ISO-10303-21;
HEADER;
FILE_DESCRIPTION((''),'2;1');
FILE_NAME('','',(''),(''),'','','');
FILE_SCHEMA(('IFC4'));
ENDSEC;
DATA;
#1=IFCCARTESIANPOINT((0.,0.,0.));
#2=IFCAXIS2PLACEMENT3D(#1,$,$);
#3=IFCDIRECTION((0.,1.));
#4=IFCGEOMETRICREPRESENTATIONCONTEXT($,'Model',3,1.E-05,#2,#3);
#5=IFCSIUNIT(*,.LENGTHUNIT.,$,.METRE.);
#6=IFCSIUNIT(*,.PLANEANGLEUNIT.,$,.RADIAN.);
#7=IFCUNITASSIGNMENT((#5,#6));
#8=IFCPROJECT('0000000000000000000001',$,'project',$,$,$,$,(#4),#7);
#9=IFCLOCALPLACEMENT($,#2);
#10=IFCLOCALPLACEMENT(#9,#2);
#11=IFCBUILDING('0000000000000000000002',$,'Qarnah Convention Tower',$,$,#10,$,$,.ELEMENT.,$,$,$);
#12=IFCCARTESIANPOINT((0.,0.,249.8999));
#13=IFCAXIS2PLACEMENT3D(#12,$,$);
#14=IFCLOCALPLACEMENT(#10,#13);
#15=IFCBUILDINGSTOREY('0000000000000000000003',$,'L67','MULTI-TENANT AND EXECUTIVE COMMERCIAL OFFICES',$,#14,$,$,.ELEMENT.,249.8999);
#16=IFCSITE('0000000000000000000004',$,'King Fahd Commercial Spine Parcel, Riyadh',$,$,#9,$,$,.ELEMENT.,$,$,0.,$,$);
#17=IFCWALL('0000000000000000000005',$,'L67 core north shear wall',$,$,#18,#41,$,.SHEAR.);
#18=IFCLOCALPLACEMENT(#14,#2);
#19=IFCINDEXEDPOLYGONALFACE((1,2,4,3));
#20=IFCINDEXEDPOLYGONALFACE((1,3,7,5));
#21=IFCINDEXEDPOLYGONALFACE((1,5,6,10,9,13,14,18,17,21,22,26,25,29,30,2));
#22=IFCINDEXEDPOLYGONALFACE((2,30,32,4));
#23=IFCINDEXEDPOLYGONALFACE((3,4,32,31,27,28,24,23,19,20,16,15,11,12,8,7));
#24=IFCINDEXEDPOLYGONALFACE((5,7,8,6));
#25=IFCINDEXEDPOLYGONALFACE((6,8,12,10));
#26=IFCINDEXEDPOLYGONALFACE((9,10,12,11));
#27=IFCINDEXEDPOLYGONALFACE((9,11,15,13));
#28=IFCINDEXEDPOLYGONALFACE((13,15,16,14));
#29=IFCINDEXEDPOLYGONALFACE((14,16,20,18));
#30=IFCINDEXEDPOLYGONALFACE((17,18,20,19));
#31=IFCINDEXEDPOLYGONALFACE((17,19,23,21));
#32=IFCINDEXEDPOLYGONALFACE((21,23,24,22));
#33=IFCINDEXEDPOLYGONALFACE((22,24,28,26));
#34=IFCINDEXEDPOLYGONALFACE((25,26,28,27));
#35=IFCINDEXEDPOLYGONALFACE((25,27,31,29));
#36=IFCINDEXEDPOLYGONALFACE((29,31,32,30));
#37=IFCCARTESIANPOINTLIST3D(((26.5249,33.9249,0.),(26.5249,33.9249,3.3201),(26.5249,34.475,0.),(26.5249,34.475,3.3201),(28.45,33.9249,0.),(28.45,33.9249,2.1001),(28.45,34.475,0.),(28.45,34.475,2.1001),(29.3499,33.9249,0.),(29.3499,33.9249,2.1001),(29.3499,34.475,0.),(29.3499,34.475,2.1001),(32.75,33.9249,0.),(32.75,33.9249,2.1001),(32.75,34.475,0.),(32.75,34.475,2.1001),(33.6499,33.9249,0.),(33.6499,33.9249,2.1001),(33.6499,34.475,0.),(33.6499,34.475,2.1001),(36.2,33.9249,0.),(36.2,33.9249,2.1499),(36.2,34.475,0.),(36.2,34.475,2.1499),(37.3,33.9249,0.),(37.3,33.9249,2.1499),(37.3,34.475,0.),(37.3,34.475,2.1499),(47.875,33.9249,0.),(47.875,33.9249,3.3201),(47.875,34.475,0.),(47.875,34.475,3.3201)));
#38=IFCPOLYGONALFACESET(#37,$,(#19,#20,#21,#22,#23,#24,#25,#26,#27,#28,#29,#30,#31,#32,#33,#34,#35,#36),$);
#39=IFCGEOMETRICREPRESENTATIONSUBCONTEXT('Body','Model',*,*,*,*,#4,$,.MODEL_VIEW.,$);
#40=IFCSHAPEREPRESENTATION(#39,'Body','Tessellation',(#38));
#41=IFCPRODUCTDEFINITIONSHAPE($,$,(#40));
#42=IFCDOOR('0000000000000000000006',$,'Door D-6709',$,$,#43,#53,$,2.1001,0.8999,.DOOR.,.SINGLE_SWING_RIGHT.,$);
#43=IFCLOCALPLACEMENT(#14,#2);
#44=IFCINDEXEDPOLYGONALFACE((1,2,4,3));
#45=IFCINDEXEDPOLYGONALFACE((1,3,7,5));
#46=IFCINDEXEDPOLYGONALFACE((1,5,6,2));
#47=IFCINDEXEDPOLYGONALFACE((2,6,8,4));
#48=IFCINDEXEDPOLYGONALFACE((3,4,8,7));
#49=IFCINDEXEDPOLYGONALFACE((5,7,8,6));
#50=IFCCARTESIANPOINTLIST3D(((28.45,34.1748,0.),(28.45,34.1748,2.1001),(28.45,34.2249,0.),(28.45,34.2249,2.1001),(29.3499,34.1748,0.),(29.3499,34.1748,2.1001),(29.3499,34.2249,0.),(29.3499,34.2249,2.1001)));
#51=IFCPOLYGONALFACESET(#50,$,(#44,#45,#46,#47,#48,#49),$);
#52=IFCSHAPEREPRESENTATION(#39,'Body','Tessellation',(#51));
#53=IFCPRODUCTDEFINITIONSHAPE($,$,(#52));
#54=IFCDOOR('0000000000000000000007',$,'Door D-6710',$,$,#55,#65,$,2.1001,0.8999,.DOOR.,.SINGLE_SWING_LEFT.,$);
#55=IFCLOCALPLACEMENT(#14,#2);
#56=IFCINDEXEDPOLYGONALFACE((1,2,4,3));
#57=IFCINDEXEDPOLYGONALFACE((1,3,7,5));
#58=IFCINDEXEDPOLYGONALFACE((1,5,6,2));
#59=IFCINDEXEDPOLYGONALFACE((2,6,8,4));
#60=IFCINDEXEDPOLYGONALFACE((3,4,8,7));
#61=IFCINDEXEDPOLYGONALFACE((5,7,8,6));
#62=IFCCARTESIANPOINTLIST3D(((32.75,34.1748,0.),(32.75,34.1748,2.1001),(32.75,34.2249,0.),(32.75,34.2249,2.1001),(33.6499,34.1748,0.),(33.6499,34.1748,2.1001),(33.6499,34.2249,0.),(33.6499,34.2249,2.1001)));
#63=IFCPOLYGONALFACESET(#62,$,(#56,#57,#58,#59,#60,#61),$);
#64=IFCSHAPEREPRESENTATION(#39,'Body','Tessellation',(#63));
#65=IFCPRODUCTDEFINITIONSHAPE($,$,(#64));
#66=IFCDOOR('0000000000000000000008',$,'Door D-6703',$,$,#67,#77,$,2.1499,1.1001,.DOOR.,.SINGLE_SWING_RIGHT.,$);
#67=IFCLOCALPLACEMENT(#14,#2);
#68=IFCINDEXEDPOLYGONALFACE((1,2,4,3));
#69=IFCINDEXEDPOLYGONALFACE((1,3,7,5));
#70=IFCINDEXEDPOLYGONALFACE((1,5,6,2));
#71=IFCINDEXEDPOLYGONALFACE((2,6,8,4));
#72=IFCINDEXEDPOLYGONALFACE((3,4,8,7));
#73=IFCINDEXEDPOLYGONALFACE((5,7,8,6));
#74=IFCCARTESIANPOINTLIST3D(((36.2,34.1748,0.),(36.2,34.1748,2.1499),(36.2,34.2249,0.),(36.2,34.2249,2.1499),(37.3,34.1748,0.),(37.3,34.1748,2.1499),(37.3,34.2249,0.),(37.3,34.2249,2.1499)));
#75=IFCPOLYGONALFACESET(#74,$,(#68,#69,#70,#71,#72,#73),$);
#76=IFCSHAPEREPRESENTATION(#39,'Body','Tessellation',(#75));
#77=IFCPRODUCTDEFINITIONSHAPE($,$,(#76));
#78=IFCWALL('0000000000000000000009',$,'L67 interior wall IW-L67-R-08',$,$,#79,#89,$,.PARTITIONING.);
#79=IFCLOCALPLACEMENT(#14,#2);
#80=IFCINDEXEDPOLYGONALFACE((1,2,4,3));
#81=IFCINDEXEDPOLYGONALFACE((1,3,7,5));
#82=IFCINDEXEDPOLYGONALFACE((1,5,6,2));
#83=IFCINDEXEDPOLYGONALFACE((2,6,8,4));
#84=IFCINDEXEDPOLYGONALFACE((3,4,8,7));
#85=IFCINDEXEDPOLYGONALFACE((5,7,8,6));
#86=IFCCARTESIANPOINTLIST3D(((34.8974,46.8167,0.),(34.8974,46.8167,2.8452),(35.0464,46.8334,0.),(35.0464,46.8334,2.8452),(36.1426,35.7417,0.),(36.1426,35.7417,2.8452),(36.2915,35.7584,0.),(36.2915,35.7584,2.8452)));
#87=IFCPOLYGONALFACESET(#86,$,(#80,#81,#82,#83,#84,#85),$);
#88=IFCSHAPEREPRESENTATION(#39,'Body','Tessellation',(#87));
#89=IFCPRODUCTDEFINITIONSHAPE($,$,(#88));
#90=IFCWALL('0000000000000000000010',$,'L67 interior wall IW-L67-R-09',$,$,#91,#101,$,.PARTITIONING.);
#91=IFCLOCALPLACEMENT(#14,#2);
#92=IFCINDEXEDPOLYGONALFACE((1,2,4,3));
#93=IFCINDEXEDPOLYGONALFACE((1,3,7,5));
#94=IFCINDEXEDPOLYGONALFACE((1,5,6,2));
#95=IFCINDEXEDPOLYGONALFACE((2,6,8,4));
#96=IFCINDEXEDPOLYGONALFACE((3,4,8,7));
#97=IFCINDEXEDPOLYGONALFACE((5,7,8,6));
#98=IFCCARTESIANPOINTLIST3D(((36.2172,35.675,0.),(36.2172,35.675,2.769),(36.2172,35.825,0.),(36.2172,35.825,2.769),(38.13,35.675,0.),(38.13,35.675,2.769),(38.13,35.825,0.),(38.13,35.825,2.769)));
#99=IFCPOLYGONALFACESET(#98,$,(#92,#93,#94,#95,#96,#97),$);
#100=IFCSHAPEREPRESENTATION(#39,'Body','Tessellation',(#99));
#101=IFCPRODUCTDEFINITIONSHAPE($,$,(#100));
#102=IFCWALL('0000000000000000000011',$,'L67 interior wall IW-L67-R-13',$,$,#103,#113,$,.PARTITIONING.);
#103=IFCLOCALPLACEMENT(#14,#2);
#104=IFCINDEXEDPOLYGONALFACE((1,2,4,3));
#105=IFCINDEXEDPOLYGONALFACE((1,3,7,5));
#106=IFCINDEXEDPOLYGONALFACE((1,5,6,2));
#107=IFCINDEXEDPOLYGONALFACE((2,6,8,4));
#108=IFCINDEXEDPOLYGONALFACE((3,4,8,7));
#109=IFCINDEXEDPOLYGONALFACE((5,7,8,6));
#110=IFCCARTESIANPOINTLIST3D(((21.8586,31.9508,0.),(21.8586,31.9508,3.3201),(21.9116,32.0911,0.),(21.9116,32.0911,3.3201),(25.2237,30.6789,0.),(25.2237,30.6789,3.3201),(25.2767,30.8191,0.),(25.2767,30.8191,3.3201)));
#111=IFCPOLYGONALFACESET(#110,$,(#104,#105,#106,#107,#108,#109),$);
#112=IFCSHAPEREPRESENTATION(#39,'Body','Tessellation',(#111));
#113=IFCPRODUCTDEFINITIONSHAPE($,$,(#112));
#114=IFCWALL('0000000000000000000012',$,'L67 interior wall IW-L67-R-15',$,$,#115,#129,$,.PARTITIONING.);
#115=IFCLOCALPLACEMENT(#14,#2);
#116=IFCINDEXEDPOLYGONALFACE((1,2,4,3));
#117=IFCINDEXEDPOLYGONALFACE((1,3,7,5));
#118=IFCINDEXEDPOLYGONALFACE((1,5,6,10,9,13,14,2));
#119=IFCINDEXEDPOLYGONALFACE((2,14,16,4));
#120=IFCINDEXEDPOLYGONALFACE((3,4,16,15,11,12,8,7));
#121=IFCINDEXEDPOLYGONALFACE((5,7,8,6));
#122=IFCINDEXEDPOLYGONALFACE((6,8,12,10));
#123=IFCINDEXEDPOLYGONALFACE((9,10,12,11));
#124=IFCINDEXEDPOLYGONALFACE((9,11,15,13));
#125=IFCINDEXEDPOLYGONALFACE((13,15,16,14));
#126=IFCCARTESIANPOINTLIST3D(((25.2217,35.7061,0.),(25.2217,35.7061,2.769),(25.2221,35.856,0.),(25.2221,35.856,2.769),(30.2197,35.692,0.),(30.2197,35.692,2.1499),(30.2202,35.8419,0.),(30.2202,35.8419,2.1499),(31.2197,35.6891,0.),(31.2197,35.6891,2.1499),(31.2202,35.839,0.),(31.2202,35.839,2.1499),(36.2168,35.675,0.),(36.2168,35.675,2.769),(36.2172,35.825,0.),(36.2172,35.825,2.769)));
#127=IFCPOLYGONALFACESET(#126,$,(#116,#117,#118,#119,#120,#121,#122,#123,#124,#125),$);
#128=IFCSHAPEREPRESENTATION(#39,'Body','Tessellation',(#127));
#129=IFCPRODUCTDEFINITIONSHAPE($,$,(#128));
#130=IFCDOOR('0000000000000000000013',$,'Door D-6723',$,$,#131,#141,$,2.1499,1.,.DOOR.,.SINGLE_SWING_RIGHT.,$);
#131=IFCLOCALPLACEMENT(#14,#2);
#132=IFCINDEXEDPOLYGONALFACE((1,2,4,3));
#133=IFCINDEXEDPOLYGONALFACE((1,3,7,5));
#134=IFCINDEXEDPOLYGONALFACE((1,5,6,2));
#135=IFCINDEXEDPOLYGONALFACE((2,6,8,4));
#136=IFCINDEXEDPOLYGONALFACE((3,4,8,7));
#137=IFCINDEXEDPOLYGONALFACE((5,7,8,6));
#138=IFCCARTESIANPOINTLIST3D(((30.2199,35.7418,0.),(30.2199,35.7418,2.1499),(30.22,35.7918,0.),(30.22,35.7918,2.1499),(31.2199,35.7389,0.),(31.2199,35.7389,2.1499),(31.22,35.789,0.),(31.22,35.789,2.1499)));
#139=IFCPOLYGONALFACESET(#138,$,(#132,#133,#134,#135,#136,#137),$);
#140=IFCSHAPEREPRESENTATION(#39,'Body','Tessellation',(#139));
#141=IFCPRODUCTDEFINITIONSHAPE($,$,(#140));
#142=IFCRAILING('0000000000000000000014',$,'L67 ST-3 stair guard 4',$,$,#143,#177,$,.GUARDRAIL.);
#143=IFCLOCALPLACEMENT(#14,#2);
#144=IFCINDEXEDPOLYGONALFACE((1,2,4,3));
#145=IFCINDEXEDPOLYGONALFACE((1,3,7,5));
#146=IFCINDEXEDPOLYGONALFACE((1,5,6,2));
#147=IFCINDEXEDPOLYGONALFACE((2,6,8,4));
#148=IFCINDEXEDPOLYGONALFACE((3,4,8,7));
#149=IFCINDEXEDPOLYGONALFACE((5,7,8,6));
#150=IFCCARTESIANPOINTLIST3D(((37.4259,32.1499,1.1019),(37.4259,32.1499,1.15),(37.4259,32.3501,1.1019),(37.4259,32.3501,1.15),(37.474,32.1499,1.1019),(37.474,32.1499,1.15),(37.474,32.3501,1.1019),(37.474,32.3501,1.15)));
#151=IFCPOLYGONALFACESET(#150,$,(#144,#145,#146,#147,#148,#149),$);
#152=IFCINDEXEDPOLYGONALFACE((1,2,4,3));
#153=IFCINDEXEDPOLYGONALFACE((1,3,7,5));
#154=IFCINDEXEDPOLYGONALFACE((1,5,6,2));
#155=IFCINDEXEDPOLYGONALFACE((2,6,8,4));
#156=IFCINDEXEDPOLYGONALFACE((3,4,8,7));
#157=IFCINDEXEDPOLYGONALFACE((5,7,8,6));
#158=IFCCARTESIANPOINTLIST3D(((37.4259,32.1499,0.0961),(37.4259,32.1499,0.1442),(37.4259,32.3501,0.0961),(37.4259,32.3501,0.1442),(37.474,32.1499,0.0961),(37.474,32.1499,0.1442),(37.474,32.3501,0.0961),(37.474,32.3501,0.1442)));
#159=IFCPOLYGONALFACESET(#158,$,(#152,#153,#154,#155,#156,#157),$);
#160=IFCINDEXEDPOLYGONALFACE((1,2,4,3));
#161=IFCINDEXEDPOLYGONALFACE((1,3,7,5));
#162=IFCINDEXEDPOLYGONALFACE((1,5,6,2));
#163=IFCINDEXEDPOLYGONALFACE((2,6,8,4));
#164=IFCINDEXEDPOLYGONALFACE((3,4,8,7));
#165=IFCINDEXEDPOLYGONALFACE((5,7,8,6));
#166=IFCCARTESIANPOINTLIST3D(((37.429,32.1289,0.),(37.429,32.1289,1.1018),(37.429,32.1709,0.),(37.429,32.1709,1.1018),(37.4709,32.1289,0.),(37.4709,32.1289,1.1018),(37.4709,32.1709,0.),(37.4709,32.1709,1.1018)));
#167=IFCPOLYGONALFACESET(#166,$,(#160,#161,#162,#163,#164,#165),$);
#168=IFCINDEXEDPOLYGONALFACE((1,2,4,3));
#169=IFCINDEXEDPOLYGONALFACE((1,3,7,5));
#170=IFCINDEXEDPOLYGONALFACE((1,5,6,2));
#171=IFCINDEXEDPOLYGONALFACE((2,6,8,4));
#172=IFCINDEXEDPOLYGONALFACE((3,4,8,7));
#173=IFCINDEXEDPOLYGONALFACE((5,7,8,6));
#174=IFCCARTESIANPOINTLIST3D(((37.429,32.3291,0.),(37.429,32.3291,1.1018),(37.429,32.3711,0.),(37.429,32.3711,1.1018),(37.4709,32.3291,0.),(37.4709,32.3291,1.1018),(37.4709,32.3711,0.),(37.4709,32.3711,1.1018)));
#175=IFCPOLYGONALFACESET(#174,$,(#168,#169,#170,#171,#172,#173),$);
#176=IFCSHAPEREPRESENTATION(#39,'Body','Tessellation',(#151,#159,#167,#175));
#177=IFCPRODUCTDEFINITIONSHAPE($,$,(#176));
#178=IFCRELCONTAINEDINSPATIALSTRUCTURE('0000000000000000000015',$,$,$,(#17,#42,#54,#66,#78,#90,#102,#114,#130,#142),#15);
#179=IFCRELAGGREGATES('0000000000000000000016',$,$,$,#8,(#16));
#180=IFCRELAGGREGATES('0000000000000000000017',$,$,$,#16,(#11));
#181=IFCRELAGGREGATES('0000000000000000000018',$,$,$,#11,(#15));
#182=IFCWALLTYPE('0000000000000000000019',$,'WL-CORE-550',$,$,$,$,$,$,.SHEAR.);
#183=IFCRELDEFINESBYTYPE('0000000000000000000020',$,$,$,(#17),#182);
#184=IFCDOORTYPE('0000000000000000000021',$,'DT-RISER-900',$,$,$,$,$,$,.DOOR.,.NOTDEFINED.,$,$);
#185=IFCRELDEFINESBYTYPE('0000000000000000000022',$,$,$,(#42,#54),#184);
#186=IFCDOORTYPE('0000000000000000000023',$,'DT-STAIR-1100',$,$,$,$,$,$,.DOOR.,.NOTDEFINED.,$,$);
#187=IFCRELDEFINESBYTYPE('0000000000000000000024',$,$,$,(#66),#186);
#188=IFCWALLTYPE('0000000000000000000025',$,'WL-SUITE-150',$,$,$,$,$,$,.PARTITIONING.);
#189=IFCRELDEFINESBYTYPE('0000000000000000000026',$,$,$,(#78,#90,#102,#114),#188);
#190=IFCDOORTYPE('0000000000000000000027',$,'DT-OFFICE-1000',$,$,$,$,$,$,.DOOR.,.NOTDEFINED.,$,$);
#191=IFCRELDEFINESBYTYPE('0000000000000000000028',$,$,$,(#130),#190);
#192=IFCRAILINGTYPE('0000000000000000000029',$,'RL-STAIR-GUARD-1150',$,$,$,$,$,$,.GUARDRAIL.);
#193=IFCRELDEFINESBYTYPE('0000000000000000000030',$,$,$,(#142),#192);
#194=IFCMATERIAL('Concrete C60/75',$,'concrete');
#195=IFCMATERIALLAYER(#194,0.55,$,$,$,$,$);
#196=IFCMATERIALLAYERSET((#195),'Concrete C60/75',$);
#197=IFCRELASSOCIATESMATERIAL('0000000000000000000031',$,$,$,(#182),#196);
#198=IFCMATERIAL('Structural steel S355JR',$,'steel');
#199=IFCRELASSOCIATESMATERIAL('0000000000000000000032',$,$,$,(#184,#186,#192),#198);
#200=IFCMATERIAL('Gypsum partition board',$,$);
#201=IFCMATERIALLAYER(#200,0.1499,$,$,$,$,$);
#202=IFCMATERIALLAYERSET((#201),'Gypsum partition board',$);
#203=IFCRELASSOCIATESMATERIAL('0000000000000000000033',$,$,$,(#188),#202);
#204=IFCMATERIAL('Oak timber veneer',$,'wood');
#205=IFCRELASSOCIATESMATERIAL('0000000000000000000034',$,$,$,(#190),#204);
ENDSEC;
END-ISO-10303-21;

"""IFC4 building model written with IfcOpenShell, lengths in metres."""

from ifc_helpers import new_model, si_unit, direction, frame, frame_2d, origin, origin_2d, place, context, subcontext, project, spatial, rectangle, extrude, material, layer, layer_set, type_object, element, fill, save


model = new_model("IFC4")

# Units and contexts
model_context = context("Model", 3, precision=1e-05, world=origin(), true_north=direction((0.0, 1.0)))
body_context = subcontext(model_context, "Body", "Model", "MODEL_VIEW")
ifc_project = project(units=[si_unit("LENGTHUNIT", "METRE"), si_unit("PLANEANGLEUNIT", "RADIAN")], contexts=[model_context])

# Site, building, storey
site_placement = place(None, origin())
site = spatial("IfcSite", under=ifc_project, at=site_placement, Name="King Fahd Commercial Spine Parcel, Riyadh", CompositionType="ELEMENT", RefElevation=0.0)
building_placement = place(site_placement, origin())
building = spatial("IfcBuilding", under=site, at=building_placement, Name="Qarnah Convention Tower", CompositionType="ELEMENT")
storey_placement = place(building_placement, frame((0.0, 0.0, 249.8999)))
storey = spatial("IfcBuildingStorey", under=building, at=storey_placement, Name="L67", Description="MULTI-TENANT AND EXECUTIVE COMMERCIAL OFFICES", CompositionType="ELEMENT", Elevation=249.8999)

# Shared definitions
ifc_material_1 = material(Name="Structural steel S355JR", Category="steel")

# Wall, openings, doors
ifc_material_2 = material(Name="Concrete C60/75", Category="concrete")
ifc_layer_1 = layer(ifc_material_2, 0.55)
ifc_layer_set_1 = layer_set([ifc_layer_1], Name="Concrete C60/75")
wall_type_1 = type_object("IfcWallType", Name="WL-CORE-550", PredefinedType="SHEAR", material=ifc_layer_set_1)
wall_1_placement = place(storey_placement, frame((26.5249, 34.2, 0.0), z_axis=(0.0, 0.0, 1.0), x_axis=(1.0, 0.0, 0.0)))
wall_1 = element("IfcWall", 1, at=wall_1_placement, inside=storey, type_object=wall_type_1, Name="L67 core north shear wall", PredefinedType="SHEAR", context=body_context, shape_type="SweptSolid", body=[
    extrude(rectangle(XDim=21.3501, YDim=0.55, at=frame_2d((10.675, 0.0))), origin(), (0.0, 0.0, 1.0), 3.3201),
])
opening_1_placement = place(wall_1_placement, frame((9.675, 0.0, 0.0)))
opening_1 = element("IfcOpeningElement", 2, at=opening_1_placement, cuts=wall_1, PredefinedType="OPENING", context=body_context, shape_type="SweptSolid", body=[
    extrude(rectangle(XDim=1.1001, YDim=2.1499, at=frame_2d((0.55, 1.075))), frame((0.0, 0.2849, 0.0), z_axis=(0.0, -1.0, 0.0), x_axis=(1.0, 0.0, 0.0)), (0.0, 0.0, 1.0), 0.5701),
])
opening_2_placement = place(wall_1_placement, frame((1.925, 0.0, 0.0)))
opening_2 = element("IfcOpeningElement", 3, at=opening_2_placement, cuts=wall_1, PredefinedType="OPENING", context=body_context, shape_type="SweptSolid", body=[
    extrude(rectangle(XDim=0.8999, YDim=2.1001, at=frame_2d((0.45, 1.05))), frame((0.0, 0.2849, 0.0), z_axis=(0.0, -1.0, 0.0), x_axis=(1.0, 0.0, 0.0)), (0.0, 0.0, 1.0), 0.5701),
])
opening_3_placement = place(wall_1_placement, frame((6.2251, 0.0, 0.0)))
opening_3 = element("IfcOpeningElement", 4, at=opening_3_placement, cuts=wall_1, PredefinedType="OPENING", context=body_context, shape_type="SweptSolid", body=[
    extrude(rectangle(XDim=0.8999, YDim=2.1001, at=frame_2d((0.45, 1.05))), frame((0.0, 0.2849, 0.0), z_axis=(0.0, -1.0, 0.0), x_axis=(1.0, 0.0, 0.0)), (0.0, 0.0, 1.0), 0.5701),
])
door_type_1 = type_object("IfcDoorType", Name="DT-RISER-900", OperationType="NOTDEFINED", PredefinedType="DOOR", material=ifc_material_1)
door_1_placement = place(opening_2_placement, origin())
door_1 = element("IfcDoor", 5, at=door_1_placement, inside=storey, type_object=door_type_1, Name="Door D-6709", OperationType="SINGLE_SWING_RIGHT", OverallHeight=2.1001, OverallWidth=0.8999, PredefinedType="DOOR", context=body_context, shape_type="SweptSolid", body=[
    extrude(rectangle(XDim=0.8999, YDim=2.1001, at=frame_2d((0.45, 1.05))), frame((0.0, 0.0249, 0.0), z_axis=(0.0, -1.0, 0.0), x_axis=(1.0, 0.0, 0.0)), (0.0, 0.0, 1.0), 0.05),
])
fill(opening_2, door_1)
door_2_placement = place(opening_3_placement, origin())
door_2 = element("IfcDoor", 6, at=door_2_placement, inside=storey, type_object=door_type_1, Name="Door D-6710", OperationType="SINGLE_SWING_LEFT", OverallHeight=2.1001, OverallWidth=0.8999, PredefinedType="DOOR", context=body_context, shape_type="SweptSolid", body=[
    extrude(rectangle(XDim=0.8999, YDim=2.1001, at=frame_2d((0.45, 1.05))), frame((0.0, 0.0249, 0.0), z_axis=(0.0, -1.0, 0.0), x_axis=(1.0, 0.0, 0.0)), (0.0, 0.0, 1.0), 0.05),
])
fill(opening_3, door_2)
door_type_2 = type_object("IfcDoorType", Name="DT-STAIR-1100", OperationType="NOTDEFINED", PredefinedType="DOOR", material=ifc_material_1)
door_3_placement = place(opening_1_placement, origin())
door_3 = element("IfcDoor", 7, at=door_3_placement, inside=storey, type_object=door_type_2, Name="Door D-6703", OperationType="SINGLE_SWING_RIGHT", OverallHeight=2.1499, OverallWidth=1.1001, PredefinedType="DOOR", context=body_context, shape_type="SweptSolid", body=[
    extrude(rectangle(XDim=1.1001, YDim=2.1499, at=frame_2d((0.55, 1.075))), frame((0.0, 0.0249, 0.0), z_axis=(0.0, -1.0, 0.0), x_axis=(1.0, 0.0, 0.0)), (0.0, 0.0, 1.0), 0.05),
])
fill(opening_1, door_3)

# Walls
ifc_material_3 = material(Name="Gypsum partition board")
ifc_layer_2 = layer(ifc_material_3, 0.1499)
ifc_layer_set_2 = layer_set([ifc_layer_2], Name="Gypsum partition board")
wall_type_2 = type_object("IfcWallType", Name="WL-SUITE-150", PredefinedType="PARTITIONING", material=ifc_layer_set_2)
wall_2_placement = place(storey_placement, frame((34.9719, 46.825, 0.0), z_axis=(0.0, 0.0, 1.0), x_axis=(0.111723, -0.993739, 0.0)))
element("IfcWall", 8, at=wall_2_placement, inside=storey, type_object=wall_type_2, Name="L67 interior wall IW-L67-R-08", PredefinedType="PARTITIONING", context=body_context, shape_type="SweptSolid", body=[
    extrude(rectangle(XDim=11.1448, YDim=0.1499, at=frame_2d((5.5723, 0.0))), origin(), (0.0, 0.0, 1.0), 2.8452),
])
wall_3_placement = place(storey_placement, frame((36.217, 35.75, 0.0), z_axis=(0.0, 0.0, 1.0), x_axis=(1.0, 0.0, 0.0)))
element("IfcWall", 9, at=wall_3_placement, inside=storey, type_object=wall_type_2, Name="L67 interior wall IW-L67-R-09", PredefinedType="PARTITIONING", context=body_context, shape_type="SweptSolid", body=[
    extrude(rectangle(XDim=1.9128, YDim=0.1499, at=frame_2d((0.9565, 0.0))), origin(), (0.0, 0.0, 1.0), 2.769),
])
wall_4_placement = place(storey_placement, frame((21.885, 32.021, 0.0), z_axis=(0.0, 0.0, 1.0), x_axis=(0.935403, -0.353584, 0.0)))
element("IfcWall", 10, at=wall_4_placement, inside=storey, type_object=wall_type_2, Name="L67 interior wall IW-L67-R-13", PredefinedType="PARTITIONING", context=body_context, shape_type="SweptSolid", body=[
    extrude(rectangle(XDim=3.5974, YDim=0.1499, at=frame_2d((1.7988, 0.0))), origin(), (0.0, 0.0, 1.0), 3.3201),
])

# Wall, opening, door
wall_5_placement = place(storey_placement, frame((25.2219, 35.781, 0.0), z_axis=(0.0, 0.0, 1.0), x_axis=(0.999996, -0.00282, 0.0)))
wall_5 = element("IfcWall", 11, at=wall_5_placement, inside=storey, type_object=wall_type_2, Name="L67 interior wall IW-L67-R-15", PredefinedType="PARTITIONING", context=body_context, shape_type="SweptSolid", body=[
    extrude(rectangle(XDim=10.9951, YDim=0.1499, at=frame_2d((5.4976, 0.0))), origin(), (0.0, 0.0, 1.0), 2.769),
])
opening_4_placement = place(wall_5_placement, frame((4.998, 0.0, 0.0)))
opening_4 = element("IfcOpeningElement", 12, at=opening_4_placement, cuts=wall_5, PredefinedType="OPENING", context=body_context, shape_type="SweptSolid", body=[
    extrude(rectangle(XDim=1.0, YDim=2.1499, at=frame_2d((0.5, 1.075))), frame((0.0, 0.085, 0.0), z_axis=(0.0, -1.0, 0.0), x_axis=(1.0, 0.0, 0.0)), (0.0, 0.0, 1.0), 0.1699),
])
ifc_material_4 = material(Name="Oak timber veneer", Category="wood")
door_type_3 = type_object("IfcDoorType", Name="DT-OFFICE-1000", OperationType="NOTDEFINED", PredefinedType="DOOR", material=ifc_material_4)
door_4_placement = place(opening_4_placement, origin())
door_4 = element("IfcDoor", 13, at=door_4_placement, inside=storey, type_object=door_type_3, Name="Door D-6723", OperationType="SINGLE_SWING_RIGHT", OverallHeight=2.1499, OverallWidth=1.0, PredefinedType="DOOR", context=body_context, shape_type="SweptSolid", body=[
    extrude(rectangle(XDim=1.0, YDim=2.1499, at=frame_2d((0.5, 1.075))), frame((0.0, 0.0249, 0.0), z_axis=(0.0, -1.0, 0.0), x_axis=(1.0, 0.0, 0.0)), (0.0, 0.0, 1.0), 0.05),
])
fill(opening_4, door_4)

# Railing
railing_type = type_object("IfcRailingType", Name="RL-STAIR-GUARD-1150", PredefinedType="GUARDRAIL", material=ifc_material_1)
railing_placement = place(storey_placement, frame((37.45, 32.1499, 0.0)))
element("IfcRailing", 14, at=railing_placement, inside=storey, type_object=railing_type, Name="L67 ST-3 stair guard 4", PredefinedType="GUARDRAIL", context=body_context, shape_type="SweptSolid", body=[
    extrude(rectangle(XDim=0.0481, YDim=0.0481, at=origin_2d()), frame((0.0, 0.0, 1.126), z_axis=(0.0, 1.0, 0.0), x_axis=(-1.0, 0.0, 0.0)), (0.0, 0.0, 1.0), 0.2002),
    extrude(rectangle(XDim=0.0481, YDim=0.0481, at=origin_2d()), frame((0.0, 0.0, 0.1201), z_axis=(0.0, 1.0, 0.0), x_axis=(-1.0, 0.0, 0.0)), (0.0, 0.0, 1.0), 0.2002),
    extrude(rectangle(XDim=0.042, YDim=0.042, at=origin_2d()), origin(), (0.0, 0.0, 1.0), 1.1018),
    extrude(rectangle(XDim=0.042, YDim=0.042, at=origin_2d()), frame((0.0, 0.2002, 0.0)), (0.0, 0.0, 1.0), 1.1018),
])

save(model, "model.ifc")
